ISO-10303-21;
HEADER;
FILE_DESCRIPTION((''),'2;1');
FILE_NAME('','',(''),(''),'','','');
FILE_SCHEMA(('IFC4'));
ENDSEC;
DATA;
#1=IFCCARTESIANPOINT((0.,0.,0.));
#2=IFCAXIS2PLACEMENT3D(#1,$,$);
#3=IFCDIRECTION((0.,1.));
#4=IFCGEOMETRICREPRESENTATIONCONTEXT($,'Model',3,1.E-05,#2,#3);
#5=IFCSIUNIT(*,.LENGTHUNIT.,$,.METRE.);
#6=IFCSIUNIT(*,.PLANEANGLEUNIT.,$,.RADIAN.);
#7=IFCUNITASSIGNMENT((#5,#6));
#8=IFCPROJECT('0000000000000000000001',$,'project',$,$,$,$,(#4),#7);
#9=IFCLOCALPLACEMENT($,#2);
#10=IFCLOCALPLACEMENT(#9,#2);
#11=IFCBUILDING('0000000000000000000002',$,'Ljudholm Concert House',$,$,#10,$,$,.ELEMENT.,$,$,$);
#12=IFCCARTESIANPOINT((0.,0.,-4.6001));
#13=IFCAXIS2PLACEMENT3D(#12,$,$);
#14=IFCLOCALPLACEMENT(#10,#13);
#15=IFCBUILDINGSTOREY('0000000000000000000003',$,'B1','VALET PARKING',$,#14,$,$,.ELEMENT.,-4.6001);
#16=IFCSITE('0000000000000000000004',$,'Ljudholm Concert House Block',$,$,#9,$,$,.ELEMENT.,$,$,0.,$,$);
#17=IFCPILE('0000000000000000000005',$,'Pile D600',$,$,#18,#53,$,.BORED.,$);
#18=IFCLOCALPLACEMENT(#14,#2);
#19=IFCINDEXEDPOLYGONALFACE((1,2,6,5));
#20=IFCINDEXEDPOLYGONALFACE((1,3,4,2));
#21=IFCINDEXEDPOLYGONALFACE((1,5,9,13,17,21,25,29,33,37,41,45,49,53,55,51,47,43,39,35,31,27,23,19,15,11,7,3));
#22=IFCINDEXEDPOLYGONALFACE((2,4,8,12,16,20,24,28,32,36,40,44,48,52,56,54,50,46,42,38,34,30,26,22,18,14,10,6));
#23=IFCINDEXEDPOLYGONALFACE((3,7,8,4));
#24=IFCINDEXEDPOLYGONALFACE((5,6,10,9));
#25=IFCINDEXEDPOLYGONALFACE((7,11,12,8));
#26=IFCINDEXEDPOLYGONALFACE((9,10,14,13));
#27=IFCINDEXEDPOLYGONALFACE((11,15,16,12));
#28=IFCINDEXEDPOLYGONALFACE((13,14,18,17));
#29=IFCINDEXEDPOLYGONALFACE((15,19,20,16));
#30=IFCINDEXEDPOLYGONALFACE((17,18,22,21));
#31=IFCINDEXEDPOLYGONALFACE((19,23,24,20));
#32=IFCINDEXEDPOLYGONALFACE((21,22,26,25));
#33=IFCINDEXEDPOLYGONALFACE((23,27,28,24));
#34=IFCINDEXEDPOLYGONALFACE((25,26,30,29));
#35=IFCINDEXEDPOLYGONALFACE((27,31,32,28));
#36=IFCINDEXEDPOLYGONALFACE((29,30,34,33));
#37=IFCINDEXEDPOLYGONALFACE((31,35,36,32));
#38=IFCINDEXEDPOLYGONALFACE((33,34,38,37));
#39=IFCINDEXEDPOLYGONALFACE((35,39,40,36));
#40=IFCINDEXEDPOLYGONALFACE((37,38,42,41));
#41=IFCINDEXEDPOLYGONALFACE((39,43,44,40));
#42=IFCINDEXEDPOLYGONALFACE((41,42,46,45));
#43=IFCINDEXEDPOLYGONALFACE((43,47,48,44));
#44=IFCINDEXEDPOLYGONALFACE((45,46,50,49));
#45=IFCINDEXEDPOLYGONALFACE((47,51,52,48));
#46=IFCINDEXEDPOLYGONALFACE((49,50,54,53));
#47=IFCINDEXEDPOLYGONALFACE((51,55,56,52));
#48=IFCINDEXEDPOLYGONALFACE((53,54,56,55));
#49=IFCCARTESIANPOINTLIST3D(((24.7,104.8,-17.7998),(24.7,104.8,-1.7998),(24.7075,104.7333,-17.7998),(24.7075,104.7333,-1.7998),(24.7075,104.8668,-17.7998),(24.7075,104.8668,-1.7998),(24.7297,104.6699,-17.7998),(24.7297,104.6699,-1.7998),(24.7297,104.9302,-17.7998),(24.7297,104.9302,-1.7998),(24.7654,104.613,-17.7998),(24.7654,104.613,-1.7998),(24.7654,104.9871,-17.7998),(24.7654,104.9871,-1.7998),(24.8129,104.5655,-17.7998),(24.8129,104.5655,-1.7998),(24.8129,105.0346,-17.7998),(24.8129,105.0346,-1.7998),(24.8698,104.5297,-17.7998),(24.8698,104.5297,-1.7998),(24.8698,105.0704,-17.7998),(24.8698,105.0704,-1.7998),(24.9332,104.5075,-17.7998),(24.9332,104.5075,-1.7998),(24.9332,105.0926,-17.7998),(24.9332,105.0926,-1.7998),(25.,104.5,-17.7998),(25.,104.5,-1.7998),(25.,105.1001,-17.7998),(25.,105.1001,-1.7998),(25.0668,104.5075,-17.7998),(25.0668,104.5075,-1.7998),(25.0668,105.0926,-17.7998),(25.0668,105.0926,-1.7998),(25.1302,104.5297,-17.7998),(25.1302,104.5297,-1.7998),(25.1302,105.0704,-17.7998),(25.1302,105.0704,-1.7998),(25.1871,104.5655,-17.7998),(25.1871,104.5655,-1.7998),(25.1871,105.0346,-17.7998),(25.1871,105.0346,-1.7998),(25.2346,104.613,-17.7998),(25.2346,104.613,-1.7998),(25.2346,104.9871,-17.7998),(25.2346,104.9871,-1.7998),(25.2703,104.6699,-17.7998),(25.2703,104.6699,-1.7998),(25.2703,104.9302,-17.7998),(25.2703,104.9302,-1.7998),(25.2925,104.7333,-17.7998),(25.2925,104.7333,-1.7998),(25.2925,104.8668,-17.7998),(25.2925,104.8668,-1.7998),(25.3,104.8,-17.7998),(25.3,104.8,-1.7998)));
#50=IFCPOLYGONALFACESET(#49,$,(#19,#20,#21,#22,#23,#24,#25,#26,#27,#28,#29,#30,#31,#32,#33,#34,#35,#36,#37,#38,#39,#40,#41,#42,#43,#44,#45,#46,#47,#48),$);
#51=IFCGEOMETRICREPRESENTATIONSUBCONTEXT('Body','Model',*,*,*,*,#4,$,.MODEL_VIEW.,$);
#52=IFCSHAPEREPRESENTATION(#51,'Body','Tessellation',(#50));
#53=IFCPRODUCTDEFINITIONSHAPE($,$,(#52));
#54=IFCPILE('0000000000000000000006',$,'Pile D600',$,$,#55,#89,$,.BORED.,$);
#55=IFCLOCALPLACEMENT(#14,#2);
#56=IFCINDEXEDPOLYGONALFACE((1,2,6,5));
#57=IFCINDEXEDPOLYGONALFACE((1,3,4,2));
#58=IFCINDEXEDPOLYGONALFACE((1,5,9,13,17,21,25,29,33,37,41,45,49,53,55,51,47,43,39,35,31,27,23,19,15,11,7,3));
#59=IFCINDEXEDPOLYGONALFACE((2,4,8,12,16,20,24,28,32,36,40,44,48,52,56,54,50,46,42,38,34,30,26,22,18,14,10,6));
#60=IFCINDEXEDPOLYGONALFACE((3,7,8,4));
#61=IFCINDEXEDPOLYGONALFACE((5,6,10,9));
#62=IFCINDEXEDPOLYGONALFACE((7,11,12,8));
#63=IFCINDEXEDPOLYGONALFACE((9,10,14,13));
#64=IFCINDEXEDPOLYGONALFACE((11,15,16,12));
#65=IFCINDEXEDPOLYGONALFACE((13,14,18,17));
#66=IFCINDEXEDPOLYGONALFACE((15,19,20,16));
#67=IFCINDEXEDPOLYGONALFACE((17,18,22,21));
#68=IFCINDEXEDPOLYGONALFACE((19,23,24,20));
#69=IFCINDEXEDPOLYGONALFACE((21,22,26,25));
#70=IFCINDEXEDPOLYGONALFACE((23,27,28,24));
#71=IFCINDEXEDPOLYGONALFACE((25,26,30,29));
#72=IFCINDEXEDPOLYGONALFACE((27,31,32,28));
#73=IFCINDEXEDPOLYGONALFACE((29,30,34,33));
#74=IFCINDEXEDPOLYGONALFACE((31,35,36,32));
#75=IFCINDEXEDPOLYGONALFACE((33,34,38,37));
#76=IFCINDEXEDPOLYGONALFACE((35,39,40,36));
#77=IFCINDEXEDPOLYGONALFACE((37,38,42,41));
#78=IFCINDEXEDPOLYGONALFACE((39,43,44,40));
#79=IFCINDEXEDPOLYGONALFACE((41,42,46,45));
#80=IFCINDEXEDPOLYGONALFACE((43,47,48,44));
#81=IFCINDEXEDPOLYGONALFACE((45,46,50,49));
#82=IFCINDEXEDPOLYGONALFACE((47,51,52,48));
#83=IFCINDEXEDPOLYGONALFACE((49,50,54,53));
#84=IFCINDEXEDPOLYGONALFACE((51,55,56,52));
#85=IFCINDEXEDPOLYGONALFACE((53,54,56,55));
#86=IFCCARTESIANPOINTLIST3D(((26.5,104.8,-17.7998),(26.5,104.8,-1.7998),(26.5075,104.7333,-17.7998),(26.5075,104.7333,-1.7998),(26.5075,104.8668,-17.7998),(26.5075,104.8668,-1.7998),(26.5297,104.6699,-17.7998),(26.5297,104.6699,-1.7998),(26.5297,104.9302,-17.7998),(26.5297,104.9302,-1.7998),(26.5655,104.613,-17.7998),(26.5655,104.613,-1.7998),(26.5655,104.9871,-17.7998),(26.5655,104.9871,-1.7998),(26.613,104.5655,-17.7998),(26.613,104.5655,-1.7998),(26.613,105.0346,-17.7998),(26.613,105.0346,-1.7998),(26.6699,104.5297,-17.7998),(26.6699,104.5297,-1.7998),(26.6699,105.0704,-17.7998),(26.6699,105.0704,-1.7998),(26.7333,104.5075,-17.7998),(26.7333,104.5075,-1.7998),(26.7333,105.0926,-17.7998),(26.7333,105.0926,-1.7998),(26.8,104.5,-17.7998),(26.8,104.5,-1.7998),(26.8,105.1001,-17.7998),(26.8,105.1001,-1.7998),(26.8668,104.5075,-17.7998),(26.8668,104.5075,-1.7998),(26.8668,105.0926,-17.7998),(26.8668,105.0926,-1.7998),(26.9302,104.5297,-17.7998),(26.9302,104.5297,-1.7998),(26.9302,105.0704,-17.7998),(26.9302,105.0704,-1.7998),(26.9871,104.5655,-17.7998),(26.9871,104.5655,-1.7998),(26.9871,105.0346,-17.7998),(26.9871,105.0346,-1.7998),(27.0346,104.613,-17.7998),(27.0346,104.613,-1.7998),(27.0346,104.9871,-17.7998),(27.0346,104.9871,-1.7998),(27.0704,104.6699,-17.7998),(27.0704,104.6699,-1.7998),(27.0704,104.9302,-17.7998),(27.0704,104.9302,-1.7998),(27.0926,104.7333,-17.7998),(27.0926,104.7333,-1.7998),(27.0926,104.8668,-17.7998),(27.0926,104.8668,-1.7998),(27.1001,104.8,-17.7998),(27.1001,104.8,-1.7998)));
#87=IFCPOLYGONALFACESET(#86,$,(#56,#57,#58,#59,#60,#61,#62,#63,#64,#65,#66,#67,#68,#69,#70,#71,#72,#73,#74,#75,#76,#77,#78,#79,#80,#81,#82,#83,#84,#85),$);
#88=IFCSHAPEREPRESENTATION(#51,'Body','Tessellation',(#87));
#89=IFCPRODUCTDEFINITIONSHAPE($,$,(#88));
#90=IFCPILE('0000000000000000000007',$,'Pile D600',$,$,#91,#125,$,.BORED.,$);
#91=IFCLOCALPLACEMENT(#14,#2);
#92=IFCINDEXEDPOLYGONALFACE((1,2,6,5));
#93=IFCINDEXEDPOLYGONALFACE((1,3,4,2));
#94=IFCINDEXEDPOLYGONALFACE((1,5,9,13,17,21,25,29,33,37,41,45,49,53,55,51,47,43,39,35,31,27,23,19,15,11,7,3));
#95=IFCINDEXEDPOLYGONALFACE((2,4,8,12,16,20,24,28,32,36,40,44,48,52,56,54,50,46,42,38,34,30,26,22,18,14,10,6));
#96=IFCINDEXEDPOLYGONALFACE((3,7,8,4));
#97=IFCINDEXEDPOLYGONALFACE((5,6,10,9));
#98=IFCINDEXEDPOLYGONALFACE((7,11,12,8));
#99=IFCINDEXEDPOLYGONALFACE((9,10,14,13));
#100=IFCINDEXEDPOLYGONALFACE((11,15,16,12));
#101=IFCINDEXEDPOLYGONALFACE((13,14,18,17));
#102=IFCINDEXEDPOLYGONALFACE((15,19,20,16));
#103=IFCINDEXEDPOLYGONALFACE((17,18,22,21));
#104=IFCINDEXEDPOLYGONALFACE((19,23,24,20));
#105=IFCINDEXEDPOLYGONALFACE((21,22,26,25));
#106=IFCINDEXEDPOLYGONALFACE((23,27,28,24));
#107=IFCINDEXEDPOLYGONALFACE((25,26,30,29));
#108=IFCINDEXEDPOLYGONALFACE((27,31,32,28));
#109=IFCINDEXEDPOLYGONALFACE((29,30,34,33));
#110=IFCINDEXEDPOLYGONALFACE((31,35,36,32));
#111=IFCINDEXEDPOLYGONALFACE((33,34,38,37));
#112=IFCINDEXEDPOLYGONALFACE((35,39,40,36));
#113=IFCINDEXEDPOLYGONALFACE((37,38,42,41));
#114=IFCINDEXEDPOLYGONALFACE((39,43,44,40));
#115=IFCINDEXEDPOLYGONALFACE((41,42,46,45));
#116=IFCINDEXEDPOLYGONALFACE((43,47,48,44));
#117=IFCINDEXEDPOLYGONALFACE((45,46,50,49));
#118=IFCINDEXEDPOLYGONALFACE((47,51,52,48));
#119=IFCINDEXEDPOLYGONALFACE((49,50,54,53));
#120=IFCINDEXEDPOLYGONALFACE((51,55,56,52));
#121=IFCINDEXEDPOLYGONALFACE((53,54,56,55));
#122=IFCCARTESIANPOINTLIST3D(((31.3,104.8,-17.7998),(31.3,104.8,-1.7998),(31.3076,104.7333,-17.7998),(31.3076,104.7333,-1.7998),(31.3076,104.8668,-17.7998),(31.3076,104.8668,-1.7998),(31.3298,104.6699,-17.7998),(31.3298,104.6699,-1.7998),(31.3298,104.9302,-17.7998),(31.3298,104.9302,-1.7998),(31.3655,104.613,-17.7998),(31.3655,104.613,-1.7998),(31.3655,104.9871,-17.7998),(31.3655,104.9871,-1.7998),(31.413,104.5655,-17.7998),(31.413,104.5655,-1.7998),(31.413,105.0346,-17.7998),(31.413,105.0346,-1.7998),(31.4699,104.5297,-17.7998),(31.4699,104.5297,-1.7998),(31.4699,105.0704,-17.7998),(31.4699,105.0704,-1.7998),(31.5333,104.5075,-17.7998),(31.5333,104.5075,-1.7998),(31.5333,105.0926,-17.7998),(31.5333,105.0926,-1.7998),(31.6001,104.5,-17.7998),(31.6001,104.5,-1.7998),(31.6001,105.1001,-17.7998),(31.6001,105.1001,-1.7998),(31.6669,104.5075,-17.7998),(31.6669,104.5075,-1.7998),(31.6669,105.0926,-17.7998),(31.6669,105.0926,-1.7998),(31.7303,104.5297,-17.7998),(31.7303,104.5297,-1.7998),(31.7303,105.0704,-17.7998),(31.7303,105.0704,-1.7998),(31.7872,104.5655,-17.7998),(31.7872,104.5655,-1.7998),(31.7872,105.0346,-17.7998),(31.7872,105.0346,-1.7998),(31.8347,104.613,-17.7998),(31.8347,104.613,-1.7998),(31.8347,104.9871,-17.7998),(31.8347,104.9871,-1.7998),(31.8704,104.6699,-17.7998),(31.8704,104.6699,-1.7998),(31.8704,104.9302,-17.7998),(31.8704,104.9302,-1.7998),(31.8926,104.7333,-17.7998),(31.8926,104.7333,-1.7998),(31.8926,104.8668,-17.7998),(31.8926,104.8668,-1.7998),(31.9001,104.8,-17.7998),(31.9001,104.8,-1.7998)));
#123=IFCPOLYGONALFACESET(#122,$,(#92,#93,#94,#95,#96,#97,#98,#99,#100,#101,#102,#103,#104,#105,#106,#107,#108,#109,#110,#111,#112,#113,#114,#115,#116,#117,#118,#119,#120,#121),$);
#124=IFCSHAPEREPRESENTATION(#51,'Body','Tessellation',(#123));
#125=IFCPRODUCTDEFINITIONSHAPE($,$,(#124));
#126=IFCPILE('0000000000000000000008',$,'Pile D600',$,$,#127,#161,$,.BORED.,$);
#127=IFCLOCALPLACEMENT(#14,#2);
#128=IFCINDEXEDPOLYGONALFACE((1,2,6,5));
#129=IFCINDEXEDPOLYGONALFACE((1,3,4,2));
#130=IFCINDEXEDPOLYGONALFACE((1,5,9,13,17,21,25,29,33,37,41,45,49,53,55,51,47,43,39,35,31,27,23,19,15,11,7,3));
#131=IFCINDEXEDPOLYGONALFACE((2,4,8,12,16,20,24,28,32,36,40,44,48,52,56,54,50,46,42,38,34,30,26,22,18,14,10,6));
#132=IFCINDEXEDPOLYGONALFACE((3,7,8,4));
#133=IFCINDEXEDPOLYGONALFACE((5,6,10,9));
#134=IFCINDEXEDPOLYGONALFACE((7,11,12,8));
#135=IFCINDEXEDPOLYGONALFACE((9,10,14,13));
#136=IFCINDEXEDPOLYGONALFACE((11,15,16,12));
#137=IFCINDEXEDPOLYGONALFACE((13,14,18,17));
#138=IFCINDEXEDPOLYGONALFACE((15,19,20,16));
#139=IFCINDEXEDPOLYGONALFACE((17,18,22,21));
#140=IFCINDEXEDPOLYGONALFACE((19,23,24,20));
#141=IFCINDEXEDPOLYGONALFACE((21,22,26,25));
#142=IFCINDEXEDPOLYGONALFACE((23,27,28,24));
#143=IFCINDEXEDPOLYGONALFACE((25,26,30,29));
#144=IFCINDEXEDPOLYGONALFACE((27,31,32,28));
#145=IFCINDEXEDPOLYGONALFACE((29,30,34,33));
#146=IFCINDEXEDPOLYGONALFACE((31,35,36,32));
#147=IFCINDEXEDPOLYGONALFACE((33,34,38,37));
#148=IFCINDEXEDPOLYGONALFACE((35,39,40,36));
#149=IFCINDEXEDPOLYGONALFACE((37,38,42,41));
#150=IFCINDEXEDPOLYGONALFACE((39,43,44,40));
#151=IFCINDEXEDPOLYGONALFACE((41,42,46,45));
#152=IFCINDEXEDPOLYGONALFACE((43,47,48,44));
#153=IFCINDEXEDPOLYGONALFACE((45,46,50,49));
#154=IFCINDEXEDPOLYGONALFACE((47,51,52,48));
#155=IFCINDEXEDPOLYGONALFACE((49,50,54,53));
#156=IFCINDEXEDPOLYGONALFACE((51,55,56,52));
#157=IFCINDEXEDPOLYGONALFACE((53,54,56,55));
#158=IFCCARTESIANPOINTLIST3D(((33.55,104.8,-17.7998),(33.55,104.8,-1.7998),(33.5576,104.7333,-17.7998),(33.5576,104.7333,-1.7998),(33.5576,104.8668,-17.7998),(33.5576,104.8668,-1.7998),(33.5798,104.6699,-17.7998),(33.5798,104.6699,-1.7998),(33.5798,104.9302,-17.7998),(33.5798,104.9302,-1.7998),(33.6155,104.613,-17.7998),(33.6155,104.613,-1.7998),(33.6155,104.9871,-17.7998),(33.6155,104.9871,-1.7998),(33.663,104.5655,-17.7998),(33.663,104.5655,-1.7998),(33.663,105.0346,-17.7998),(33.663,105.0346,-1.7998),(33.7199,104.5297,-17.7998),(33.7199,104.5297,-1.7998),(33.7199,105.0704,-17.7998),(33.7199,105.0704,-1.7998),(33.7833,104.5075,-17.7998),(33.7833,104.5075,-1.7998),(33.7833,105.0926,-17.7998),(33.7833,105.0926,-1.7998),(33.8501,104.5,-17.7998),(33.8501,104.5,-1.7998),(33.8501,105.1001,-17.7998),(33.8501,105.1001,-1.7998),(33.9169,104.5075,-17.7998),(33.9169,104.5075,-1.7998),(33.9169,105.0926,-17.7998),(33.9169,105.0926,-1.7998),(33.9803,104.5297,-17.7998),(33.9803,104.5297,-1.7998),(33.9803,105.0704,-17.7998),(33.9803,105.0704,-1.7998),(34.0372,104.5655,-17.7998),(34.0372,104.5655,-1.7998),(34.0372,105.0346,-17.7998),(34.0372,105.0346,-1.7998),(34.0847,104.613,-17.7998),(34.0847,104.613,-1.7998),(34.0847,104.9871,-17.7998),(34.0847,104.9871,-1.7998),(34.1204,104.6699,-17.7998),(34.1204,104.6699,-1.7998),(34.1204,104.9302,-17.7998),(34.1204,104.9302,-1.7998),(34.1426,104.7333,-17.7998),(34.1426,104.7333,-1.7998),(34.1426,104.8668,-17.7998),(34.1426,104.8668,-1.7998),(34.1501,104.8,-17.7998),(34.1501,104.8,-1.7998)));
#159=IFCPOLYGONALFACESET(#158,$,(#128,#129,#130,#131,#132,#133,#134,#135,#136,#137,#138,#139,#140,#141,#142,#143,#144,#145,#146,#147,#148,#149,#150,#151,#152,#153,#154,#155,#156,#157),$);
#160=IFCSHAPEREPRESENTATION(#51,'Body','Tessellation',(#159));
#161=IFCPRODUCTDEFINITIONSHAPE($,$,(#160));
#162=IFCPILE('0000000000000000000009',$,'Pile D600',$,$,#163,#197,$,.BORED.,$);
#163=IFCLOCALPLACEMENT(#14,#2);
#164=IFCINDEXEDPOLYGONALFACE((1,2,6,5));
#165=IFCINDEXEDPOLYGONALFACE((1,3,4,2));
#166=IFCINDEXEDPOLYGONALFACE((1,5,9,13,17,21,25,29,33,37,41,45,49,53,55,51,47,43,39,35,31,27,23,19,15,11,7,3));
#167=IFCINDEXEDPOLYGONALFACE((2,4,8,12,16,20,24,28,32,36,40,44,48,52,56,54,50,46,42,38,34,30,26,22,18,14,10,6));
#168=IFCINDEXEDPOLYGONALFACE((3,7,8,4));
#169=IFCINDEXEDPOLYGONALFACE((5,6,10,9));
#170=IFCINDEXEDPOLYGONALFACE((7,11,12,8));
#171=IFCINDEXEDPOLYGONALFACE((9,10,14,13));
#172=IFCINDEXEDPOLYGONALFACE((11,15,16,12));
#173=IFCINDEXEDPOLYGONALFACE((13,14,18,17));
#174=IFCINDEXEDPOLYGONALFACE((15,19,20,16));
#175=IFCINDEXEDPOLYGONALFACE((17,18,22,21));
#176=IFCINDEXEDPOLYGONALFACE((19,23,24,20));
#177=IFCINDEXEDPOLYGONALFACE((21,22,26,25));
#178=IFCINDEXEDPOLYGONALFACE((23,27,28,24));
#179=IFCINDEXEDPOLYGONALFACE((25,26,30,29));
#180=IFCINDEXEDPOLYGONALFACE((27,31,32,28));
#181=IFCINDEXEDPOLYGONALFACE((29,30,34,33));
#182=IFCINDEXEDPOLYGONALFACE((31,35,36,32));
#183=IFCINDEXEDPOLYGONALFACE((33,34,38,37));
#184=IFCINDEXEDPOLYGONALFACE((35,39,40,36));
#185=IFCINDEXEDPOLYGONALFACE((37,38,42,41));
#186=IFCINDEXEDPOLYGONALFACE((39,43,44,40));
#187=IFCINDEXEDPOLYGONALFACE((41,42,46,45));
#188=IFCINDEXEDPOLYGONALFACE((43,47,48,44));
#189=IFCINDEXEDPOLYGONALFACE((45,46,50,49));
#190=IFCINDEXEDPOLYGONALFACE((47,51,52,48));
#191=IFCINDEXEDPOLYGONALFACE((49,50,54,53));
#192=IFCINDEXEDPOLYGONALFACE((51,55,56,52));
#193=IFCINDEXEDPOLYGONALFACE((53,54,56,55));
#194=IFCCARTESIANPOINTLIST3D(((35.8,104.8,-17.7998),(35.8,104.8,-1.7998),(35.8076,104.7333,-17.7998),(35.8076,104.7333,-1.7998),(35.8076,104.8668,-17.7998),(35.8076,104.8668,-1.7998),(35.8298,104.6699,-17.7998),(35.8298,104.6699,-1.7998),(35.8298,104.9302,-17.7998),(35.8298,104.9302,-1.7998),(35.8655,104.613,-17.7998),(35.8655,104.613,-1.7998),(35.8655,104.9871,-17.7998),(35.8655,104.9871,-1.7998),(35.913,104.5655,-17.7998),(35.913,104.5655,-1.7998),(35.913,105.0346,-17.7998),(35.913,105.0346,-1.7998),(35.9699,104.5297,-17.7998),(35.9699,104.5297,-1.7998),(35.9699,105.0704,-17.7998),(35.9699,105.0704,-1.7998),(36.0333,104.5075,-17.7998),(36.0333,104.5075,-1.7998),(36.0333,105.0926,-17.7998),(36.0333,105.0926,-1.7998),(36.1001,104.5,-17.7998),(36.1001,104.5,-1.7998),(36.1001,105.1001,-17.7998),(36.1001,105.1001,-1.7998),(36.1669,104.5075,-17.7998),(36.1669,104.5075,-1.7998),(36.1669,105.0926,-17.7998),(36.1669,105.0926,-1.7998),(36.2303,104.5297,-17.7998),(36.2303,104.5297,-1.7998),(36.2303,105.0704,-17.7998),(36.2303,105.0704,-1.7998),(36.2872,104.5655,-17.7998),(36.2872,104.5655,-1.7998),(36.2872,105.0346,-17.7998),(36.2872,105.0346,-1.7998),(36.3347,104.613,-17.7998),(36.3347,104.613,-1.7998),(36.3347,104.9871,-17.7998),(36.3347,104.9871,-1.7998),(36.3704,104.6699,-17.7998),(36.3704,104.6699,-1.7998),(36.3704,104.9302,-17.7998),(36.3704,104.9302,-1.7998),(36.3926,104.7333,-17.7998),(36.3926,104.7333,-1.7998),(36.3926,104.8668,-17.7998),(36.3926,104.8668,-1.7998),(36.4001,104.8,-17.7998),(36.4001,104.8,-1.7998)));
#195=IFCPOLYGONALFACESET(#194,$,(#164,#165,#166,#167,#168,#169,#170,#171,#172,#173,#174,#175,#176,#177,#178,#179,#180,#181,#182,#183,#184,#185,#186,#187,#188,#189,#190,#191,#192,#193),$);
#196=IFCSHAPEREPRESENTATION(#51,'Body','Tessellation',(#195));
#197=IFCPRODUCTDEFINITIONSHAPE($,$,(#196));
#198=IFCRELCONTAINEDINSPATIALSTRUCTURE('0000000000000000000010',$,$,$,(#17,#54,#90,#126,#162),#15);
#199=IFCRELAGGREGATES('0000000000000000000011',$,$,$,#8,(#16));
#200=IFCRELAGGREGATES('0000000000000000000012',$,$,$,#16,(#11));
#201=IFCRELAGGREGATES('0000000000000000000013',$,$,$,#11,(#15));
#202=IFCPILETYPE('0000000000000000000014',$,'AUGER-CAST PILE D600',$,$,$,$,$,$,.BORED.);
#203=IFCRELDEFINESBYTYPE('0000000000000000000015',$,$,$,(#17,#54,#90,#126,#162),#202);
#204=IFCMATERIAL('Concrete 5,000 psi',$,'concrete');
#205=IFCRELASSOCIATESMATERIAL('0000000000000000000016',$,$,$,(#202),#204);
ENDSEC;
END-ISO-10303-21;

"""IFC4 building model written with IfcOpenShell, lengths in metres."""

from ifc_helpers import new_model, si_unit, direction, frame, origin, origin_2d, place, context, subcontext, project, spatial, circle, extrude, material, material_profile, profile_set, type_object, element, save


model = new_model("IFC4")

# Units and contexts
model_context = context("Model", 3, precision=1e-05, world=origin(), true_north=direction((0.0, 1.0)))
body_context = subcontext(model_context, "Body", "Model", "MODEL_VIEW")
ifc_project = project(units=[si_unit("LENGTHUNIT", "METRE"), si_unit("PLANEANGLEUNIT", "RADIAN")], contexts=[model_context])

# Site, building, storey
site_placement = place(None, origin())
site = spatial("IfcSite", under=ifc_project, at=site_placement, Name="Ljudholm Concert House Block", CompositionType="ELEMENT", RefElevation=0.0)
building_placement = place(site_placement, origin())
building = spatial("IfcBuilding", under=site, at=building_placement, Name="Ljudholm Concert House", CompositionType="ELEMENT")
storey_placement = place(building_placement, frame((0.0, 0.0, -4.6001)))
storey = spatial("IfcBuildingStorey", under=building, at=storey_placement, Name="B1", Description="VALET PARKING", CompositionType="ELEMENT", Elevation=-4.6001)

# Piles
ifc_material_1 = material(Name="Concrete 5,000 psi", Category="concrete")
ifc_material_profile = material_profile(ifc_material_1, circle(Radius=0.3, at=origin_2d()), Name="AUGER-CAST PILE D600")
ifc_profile_set = profile_set([ifc_material_profile], Name="Concrete 5,000 psi")
pile_type = type_object("IfcPileType", Name="AUGER-CAST PILE D600", PredefinedType="BORED", material=ifc_profile_set)
for number, where, z_axis, x_axis, name in (
    (1, (25.0, 104.8, -1.7998), (0.0, 0.0, -1.0), (1.0, 0.0, 0.0), "Pile D600"),
    (2, (26.8, 104.8, -1.7998), (0.0, 0.0, -1.0), (1.0, 0.0, 0.0), "Pile D600"),
    (3, (31.6001, 104.8, -1.7998), (0.0, 0.0, -1.0), (1.0, 0.0, 0.0), "Pile D600"),
    (4, (33.8501, 104.8, -1.7998), (0.0, 0.0, -1.0), (1.0, 0.0, 0.0), "Pile D600"),
    (5, (36.1001, 104.8, -1.7998), (0.0, 0.0, -1.0), (1.0, 0.0, 0.0), "Pile D600"),
):
    element("IfcPile", number, at=place(storey_placement, frame(where, z_axis=z_axis, x_axis=x_axis)), inside=storey, type_object=pile_type, Name=name, PredefinedType="BORED", context=body_context, shape_type="SweptSolid", body=[
        extrude(circle(Radius=0.3, at=origin_2d()), origin(), (0.0, 0.0, 1.0), 16.0),
    ])

save(model, "model.ifc")
